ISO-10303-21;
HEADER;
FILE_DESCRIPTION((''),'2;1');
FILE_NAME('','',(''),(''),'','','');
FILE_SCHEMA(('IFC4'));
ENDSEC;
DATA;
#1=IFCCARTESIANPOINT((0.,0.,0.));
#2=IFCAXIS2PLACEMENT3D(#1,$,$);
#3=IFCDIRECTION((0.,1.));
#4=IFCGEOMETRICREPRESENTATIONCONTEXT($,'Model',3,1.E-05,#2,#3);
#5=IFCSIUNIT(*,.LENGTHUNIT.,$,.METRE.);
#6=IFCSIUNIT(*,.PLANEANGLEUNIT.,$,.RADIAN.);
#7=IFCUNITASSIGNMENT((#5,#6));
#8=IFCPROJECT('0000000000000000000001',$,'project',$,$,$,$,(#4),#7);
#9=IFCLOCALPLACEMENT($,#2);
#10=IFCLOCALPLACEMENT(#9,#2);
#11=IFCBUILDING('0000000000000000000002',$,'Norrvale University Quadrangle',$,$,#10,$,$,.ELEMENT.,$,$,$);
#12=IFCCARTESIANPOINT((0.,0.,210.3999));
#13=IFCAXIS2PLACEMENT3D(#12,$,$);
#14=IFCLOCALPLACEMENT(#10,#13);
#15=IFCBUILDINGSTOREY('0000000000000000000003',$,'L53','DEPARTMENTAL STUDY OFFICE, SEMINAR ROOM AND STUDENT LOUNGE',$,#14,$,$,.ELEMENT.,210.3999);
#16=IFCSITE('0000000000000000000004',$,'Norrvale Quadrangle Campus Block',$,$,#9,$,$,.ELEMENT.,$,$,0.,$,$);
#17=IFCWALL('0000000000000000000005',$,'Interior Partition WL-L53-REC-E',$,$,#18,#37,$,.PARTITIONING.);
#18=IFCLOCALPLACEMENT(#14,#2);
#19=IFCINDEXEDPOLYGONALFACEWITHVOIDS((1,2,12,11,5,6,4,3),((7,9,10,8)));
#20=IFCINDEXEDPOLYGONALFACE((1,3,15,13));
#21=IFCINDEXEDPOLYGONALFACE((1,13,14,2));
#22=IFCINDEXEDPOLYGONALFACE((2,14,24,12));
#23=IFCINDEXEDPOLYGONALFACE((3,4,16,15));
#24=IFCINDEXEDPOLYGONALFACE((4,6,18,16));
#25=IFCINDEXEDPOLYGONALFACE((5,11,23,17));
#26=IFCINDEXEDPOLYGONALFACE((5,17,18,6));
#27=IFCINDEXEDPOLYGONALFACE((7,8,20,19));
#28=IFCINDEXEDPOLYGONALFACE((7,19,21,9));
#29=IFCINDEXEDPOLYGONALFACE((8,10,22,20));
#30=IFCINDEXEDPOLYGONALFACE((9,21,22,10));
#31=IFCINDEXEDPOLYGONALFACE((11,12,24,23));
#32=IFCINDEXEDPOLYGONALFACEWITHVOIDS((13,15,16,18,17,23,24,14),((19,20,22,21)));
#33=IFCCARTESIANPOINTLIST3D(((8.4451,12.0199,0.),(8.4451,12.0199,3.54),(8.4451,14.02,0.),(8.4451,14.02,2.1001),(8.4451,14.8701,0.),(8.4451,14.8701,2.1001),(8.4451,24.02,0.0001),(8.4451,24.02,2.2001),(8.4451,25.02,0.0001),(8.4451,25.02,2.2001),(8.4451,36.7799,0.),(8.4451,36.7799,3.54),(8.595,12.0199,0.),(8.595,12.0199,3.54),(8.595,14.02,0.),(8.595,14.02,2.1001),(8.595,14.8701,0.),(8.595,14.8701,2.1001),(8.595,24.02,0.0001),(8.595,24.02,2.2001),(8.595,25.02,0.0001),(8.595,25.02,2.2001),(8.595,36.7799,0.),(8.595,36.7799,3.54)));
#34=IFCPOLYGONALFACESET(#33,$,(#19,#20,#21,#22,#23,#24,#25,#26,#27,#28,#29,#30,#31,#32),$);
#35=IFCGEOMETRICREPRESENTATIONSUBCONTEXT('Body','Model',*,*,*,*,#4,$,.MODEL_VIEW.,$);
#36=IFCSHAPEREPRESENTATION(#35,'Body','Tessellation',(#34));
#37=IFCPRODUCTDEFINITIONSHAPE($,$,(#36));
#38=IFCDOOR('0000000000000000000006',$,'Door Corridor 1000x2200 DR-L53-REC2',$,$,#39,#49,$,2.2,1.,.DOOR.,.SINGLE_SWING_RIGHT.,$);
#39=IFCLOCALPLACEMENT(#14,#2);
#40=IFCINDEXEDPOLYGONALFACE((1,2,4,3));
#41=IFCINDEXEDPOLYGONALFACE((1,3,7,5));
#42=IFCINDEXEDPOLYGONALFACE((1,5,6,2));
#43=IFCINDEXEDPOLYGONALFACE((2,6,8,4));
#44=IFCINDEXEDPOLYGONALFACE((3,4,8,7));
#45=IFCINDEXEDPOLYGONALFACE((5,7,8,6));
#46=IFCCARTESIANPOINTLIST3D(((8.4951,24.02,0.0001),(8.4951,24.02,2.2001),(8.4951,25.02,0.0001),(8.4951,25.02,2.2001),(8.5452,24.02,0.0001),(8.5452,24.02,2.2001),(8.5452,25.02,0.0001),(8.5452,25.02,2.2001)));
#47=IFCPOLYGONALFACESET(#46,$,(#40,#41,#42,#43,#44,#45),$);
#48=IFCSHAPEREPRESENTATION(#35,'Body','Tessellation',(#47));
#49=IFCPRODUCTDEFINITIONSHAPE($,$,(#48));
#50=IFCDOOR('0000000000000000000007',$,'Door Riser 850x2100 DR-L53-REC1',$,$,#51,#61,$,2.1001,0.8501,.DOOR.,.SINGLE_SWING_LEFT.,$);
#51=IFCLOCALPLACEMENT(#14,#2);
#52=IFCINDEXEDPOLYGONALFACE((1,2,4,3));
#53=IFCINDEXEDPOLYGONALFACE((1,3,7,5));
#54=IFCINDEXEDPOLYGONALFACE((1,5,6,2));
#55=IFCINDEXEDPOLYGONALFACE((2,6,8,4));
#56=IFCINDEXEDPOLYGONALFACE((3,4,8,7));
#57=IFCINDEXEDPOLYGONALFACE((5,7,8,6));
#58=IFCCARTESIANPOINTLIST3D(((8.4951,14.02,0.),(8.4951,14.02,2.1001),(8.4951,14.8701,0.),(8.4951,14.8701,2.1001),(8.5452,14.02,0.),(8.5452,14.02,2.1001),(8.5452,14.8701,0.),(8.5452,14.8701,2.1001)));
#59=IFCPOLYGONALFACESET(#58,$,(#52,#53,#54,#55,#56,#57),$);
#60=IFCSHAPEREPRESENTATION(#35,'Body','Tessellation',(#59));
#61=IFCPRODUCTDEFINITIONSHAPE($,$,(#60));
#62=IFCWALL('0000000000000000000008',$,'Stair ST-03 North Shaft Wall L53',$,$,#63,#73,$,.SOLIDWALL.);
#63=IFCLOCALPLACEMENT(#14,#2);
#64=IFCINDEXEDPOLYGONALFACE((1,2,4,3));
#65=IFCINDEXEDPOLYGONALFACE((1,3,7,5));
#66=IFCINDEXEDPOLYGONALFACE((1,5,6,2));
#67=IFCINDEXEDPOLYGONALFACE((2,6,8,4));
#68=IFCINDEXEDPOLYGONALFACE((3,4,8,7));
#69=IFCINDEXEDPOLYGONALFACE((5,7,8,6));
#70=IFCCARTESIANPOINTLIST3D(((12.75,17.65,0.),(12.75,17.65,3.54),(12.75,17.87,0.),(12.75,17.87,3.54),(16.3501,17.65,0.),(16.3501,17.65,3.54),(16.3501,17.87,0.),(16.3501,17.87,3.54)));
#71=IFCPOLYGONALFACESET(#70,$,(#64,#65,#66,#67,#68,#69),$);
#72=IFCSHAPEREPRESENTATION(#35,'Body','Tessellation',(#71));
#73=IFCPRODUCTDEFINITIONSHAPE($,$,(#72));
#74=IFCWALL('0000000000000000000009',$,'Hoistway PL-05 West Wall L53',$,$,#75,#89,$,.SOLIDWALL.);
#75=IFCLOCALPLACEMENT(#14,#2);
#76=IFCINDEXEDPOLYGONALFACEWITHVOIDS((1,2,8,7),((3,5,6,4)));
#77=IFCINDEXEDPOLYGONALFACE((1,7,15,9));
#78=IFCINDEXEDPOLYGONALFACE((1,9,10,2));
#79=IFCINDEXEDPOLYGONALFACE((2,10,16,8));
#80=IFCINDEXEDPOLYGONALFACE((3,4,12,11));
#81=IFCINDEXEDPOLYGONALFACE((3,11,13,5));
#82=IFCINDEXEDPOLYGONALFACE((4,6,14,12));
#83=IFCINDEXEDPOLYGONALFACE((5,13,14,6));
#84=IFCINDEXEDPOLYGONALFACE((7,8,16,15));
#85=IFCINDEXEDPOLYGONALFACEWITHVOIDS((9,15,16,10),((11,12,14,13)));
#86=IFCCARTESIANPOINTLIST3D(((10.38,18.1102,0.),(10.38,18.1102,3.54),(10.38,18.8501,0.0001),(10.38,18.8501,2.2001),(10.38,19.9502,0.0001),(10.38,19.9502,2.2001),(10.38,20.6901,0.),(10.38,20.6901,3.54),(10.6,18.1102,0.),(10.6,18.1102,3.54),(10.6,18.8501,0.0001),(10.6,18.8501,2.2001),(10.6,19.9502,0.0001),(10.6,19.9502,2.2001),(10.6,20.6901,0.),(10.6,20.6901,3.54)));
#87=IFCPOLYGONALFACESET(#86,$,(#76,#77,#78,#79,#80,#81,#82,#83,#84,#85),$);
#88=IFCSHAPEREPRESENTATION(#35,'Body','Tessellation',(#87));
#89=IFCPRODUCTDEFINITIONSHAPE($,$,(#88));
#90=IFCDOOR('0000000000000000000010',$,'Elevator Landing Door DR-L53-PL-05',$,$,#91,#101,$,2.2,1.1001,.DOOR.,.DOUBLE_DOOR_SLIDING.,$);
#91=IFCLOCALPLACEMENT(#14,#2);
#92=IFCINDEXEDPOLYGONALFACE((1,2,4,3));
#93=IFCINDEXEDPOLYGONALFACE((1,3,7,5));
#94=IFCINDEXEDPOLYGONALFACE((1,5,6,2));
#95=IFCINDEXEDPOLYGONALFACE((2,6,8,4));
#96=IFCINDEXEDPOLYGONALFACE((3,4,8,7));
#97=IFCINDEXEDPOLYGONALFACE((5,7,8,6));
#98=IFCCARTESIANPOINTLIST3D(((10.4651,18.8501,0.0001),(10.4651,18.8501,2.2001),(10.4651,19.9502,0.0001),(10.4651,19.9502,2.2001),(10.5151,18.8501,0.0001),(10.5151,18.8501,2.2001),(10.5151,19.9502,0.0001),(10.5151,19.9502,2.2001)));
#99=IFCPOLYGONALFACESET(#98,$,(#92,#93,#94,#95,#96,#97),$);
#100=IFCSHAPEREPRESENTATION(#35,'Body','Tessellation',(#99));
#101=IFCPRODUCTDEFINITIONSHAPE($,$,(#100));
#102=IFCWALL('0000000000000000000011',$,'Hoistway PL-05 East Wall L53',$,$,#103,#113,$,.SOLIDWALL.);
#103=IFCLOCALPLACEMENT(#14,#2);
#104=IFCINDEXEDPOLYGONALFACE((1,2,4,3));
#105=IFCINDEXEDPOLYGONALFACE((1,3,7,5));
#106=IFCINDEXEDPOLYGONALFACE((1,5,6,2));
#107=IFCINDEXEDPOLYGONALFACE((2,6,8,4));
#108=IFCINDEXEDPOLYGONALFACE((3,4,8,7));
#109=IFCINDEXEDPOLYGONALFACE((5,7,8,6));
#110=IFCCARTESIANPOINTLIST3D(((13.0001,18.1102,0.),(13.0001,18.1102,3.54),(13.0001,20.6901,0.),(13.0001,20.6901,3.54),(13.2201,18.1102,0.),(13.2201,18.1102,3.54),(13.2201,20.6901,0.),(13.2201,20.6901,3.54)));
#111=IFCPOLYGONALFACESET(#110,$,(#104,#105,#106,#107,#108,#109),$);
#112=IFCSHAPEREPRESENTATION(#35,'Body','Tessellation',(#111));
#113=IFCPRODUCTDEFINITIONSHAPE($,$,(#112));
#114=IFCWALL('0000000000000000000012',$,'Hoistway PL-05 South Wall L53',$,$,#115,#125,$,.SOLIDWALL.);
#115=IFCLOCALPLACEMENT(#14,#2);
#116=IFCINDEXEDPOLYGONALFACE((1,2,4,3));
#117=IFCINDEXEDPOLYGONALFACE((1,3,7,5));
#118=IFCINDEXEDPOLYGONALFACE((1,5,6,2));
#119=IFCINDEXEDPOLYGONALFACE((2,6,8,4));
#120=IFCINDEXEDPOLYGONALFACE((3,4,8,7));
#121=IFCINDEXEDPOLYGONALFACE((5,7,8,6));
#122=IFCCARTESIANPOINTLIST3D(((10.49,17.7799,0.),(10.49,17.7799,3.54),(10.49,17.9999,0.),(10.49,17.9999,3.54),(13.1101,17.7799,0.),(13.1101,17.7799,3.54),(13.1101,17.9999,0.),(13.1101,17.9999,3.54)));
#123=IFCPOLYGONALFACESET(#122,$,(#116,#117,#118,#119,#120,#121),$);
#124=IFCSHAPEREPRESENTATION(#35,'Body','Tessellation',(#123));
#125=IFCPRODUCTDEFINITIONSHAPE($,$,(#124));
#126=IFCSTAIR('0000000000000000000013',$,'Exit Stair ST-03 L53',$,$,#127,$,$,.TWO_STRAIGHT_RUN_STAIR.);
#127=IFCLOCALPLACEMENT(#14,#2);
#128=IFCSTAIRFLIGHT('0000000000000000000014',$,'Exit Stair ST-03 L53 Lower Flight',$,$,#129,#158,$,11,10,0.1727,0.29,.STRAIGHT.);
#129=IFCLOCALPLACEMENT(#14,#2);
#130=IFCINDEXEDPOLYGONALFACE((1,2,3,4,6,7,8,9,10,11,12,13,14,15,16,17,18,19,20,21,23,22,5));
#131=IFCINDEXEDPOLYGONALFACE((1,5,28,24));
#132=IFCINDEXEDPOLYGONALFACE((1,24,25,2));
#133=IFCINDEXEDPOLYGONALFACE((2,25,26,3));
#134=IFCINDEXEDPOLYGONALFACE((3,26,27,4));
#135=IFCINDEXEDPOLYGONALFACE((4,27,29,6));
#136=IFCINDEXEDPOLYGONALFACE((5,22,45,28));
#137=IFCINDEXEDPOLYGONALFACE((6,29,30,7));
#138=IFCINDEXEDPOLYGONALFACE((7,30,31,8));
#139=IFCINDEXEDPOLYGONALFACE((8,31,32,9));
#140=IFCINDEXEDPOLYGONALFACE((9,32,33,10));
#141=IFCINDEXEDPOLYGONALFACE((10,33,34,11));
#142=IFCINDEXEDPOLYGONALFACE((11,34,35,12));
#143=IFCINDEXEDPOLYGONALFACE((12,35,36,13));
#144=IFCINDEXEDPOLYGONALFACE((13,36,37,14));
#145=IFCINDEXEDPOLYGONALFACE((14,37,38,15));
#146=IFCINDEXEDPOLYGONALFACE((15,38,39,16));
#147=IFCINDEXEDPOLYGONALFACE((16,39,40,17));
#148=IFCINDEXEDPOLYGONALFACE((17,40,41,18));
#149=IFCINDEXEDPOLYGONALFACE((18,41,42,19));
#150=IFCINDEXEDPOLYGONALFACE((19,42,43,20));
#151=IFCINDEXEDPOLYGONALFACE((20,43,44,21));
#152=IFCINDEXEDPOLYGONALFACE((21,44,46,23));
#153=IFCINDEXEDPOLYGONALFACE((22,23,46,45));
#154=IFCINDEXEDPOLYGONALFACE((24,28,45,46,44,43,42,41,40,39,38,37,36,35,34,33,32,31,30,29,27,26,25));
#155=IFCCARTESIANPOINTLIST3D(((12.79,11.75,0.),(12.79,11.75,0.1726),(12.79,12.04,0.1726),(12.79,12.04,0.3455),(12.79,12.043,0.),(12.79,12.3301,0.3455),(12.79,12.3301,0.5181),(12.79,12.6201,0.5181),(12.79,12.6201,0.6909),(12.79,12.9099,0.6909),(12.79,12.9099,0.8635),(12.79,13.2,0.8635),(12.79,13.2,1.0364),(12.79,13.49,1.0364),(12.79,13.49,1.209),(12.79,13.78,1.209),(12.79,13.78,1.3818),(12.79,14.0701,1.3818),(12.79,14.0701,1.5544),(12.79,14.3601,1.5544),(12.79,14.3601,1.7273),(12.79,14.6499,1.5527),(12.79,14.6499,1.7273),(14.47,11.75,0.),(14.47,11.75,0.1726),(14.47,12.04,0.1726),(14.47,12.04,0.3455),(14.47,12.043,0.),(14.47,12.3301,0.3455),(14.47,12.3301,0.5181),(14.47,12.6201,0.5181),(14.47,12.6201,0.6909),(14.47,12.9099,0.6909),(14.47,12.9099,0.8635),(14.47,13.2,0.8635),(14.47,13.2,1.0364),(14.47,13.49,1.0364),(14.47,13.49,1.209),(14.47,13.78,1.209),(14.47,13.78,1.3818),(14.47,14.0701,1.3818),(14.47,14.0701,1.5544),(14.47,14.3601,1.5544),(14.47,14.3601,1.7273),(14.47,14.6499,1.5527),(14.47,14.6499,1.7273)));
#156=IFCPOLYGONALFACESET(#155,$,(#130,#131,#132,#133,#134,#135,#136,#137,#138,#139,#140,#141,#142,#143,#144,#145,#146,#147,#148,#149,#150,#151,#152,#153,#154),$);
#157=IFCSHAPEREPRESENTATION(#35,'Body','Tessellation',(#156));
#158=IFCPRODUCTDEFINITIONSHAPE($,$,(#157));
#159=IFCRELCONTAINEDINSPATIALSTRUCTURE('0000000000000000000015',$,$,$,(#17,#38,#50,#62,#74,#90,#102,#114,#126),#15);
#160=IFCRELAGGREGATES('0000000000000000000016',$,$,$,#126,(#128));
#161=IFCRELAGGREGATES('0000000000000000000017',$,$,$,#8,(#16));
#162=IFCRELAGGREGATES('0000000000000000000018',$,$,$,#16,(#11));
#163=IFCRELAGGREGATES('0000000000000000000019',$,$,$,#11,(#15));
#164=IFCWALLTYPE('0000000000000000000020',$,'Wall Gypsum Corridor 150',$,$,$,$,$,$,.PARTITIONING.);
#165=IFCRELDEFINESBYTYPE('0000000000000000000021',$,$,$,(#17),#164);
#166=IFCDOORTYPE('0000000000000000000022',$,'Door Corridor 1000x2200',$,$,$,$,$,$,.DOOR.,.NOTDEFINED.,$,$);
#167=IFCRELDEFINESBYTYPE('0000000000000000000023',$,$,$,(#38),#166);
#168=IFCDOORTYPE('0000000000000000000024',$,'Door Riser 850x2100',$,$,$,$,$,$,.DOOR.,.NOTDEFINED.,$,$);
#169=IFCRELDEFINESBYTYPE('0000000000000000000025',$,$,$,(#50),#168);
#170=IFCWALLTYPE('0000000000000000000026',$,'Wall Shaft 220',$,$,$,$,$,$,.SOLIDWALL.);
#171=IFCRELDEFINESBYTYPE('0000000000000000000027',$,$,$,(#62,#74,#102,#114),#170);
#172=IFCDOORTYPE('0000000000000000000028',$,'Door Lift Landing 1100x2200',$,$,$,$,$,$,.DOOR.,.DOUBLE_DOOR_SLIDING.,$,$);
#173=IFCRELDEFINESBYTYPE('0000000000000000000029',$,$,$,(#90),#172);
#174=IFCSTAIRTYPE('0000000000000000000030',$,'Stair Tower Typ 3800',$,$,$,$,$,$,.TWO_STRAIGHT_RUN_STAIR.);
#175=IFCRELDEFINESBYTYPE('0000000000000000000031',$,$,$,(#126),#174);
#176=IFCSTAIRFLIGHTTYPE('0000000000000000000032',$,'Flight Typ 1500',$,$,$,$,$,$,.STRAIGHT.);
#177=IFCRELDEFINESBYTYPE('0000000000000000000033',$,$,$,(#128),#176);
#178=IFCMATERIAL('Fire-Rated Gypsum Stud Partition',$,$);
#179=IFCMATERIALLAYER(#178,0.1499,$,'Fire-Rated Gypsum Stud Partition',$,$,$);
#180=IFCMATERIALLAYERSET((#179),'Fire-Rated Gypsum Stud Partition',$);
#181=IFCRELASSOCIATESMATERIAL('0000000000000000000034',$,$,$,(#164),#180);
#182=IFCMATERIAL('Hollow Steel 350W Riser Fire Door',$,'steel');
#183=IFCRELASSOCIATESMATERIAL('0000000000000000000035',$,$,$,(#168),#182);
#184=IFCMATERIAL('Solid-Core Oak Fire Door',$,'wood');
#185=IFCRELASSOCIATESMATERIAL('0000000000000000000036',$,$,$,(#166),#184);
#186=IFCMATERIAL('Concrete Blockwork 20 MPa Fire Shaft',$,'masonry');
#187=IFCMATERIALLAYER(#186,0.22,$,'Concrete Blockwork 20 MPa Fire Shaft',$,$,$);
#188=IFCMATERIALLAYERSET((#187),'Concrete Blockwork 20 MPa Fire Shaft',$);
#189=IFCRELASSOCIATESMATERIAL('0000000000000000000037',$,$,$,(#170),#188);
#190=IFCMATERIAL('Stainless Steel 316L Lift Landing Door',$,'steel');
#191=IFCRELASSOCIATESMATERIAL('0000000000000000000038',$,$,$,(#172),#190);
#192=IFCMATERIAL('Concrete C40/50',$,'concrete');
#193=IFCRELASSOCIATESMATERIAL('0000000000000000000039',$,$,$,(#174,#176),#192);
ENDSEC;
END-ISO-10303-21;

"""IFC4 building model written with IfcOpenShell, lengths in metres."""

from ifc_helpers import new_model, si_unit, direction, frame, frame_2d, origin, place, context, subcontext, project, spatial, polyline, rectangle, outline, extrude, material, layer, layer_set, type_object, element, fill, aggregate, save


model = new_model("IFC4")

# Units and contexts
model_context = context("Model", 3, precision=1e-05, world=origin(), true_north=direction((0.0, 1.0)))
body_context = subcontext(model_context, "Body", "Model", "MODEL_VIEW")
ifc_project = project(units=[si_unit("LENGTHUNIT", "METRE"), si_unit("PLANEANGLEUNIT", "RADIAN")], contexts=[model_context])

# Site, building, storey
site_placement = place(None, origin())
site = spatial("IfcSite", under=ifc_project, at=site_placement, Name="Norrvale Quadrangle Campus Block", CompositionType="ELEMENT", RefElevation=0.0)
building_placement = place(site_placement, origin())
building = spatial("IfcBuilding", under=site, at=building_placement, Name="Norrvale University Quadrangle", CompositionType="ELEMENT")
storey_placement = place(building_placement, frame((0.0, 0.0, 210.3999)))
storey = spatial("IfcBuildingStorey", under=building, at=storey_placement, Name="L53", Description="DEPARTMENTAL STUDY OFFICE, SEMINAR ROOM AND STUDENT LOUNGE", CompositionType="ELEMENT", Elevation=210.3999)

# Shared definitions
ifc_material_1 = material(Name="Fire-Rated Gypsum Stud Partition")
ifc_layer_1 = layer(ifc_material_1, 0.1499, Name="Fire-Rated Gypsum Stud Partition")
ifc_layer_set_1 = layer_set([ifc_layer_1], Name="Fire-Rated Gypsum Stud Partition")
wall_type_1 = type_object("IfcWallType", Name="Wall Gypsum Corridor 150", PredefinedType="PARTITIONING", material=ifc_layer_set_1)
ifc_material_2 = material(Name="Hollow Steel 350W Riser Fire Door", Category="steel")
door_type_1 = type_object("IfcDoorType", Name="Door Riser 850x2100", OperationType="NOTDEFINED", PredefinedType="DOOR", material=ifc_material_2)

# Wall, openings, doors
wall_1_placement = place(storey_placement, frame((8.52, 12.02, 0.0), z_axis=(0.0, 0.0, 1.0), x_axis=(0.0, 1.0, 0.0)))
wall_1 = element("IfcWall", 1, at=wall_1_placement, inside=storey, type_object=wall_type_1, Name="Interior Partition WL-L53-REC-E", PredefinedType="PARTITIONING", context=body_context, shape_type="SweptSolid", body=[
    extrude(rectangle(XDim=24.76, YDim=0.1499, at=frame_2d((12.3799, 0.0))), origin(), (0.0, 0.0, 1.0), 3.54),
])
opening_1_placement = place(wall_1_placement, frame((2.0, 0.0, 0.0)))
opening_1 = element("IfcOpeningElement", 2, at=opening_1_placement, cuts=wall_1, PredefinedType="OPENING", context=body_context, shape_type="SweptSolid", body=[
    extrude(rectangle(XDim=0.8501, YDim=2.1001, at=frame_2d((0.425, 1.05))), frame((0.0, 0.0869, 0.0), z_axis=(0.0, -1.0, 0.0), x_axis=(1.0, 0.0, 0.0)), (0.0, 0.0, 1.0), 0.1738),
])
opening_2_placement = place(wall_1_placement, frame((12.0, 0.0, 0.0)))
opening_2 = element("IfcOpeningElement", 3, at=opening_2_placement, cuts=wall_1, PredefinedType="OPENING", context=body_context, shape_type="SweptSolid", body=[
    extrude(rectangle(XDim=1.0, YDim=2.2, at=frame_2d((0.5, 1.1001))), frame((0.0, 0.0869, 0.0), z_axis=(0.0, -1.0, 0.0), x_axis=(1.0, 0.0, 0.0)), (0.0, 0.0, 1.0), 0.1738),
])
ifc_material_3 = material(Name="Solid-Core Oak Fire Door", Category="wood")
door_type_2 = type_object("IfcDoorType", Name="Door Corridor 1000x2200", OperationType="NOTDEFINED", PredefinedType="DOOR", material=ifc_material_3)
door_1_placement = place(opening_2_placement, origin())
door_1 = element("IfcDoor", 4, at=door_1_placement, inside=storey, type_object=door_type_2, Name="Door Corridor 1000x2200 DR-L53-REC2", OperationType="SINGLE_SWING_RIGHT", OverallHeight=2.2, OverallWidth=1.0, PredefinedType="DOOR", context=body_context, shape_type="SweptSolid", body=[
    extrude(rectangle(XDim=1.0, YDim=2.2, at=frame_2d((0.5, 1.1001))), frame((0.0, 0.0249, 0.0), z_axis=(0.0, -1.0, 0.0), x_axis=(1.0, 0.0, 0.0)), (0.0, 0.0, 1.0), 0.05),
])
fill(opening_2, door_1)
door_2_placement = place(opening_1_placement, origin())
door_2 = element("IfcDoor", 5, at=door_2_placement, inside=storey, type_object=door_type_1, Name="Door Riser 850x2100 DR-L53-REC1", OperationType="SINGLE_SWING_LEFT", OverallHeight=2.1001, OverallWidth=0.8501, PredefinedType="DOOR", context=body_context, shape_type="SweptSolid", body=[
    extrude(rectangle(XDim=0.8501, YDim=2.1001, at=frame_2d((0.425, 1.05))), frame((0.0, 0.0249, 0.0), z_axis=(0.0, -1.0, 0.0), x_axis=(1.0, 0.0, 0.0)), (0.0, 0.0, 1.0), 0.05),
])
fill(opening_1, door_2)

# Wall
ifc_material_4 = material(Name="Concrete Blockwork 20 MPa Fire Shaft", Category="masonry")
ifc_layer_2 = layer(ifc_material_4, 0.22, Name="Concrete Blockwork 20 MPa Fire Shaft")
ifc_layer_set_2 = layer_set([ifc_layer_2], Name="Concrete Blockwork 20 MPa Fire Shaft")
wall_type_2 = type_object("IfcWallType", Name="Wall Shaft 220", PredefinedType="SOLIDWALL", material=ifc_layer_set_2)
wall_2_placement = place(storey_placement, frame((12.75, 17.76, 0.0), z_axis=(0.0, 0.0, 1.0), x_axis=(1.0, 0.0, 0.0)))
element("IfcWall", 6, at=wall_2_placement, inside=storey, type_object=wall_type_2, Name="Stair ST-03 North Shaft Wall L53", PredefinedType="SOLIDWALL", context=body_context, shape_type="SweptSolid", body=[
    extrude(rectangle(XDim=3.6001, YDim=0.22, at=frame_2d((1.8, 0.0))), origin(), (0.0, 0.0, 1.0), 3.54),
])

# Wall, opening, door
wall_3_placement = place(storey_placement, frame((10.49, 18.1101, 0.0), z_axis=(0.0, 0.0, 1.0), x_axis=(0.0, 1.0, 0.0)))
wall_3 = element("IfcWall", 7, at=wall_3_placement, inside=storey, type_object=wall_type_2, Name="Hoistway PL-05 West Wall L53", PredefinedType="SOLIDWALL", context=body_context, shape_type="SweptSolid", body=[
    extrude(rectangle(XDim=2.5798, YDim=0.22, at=frame_2d((1.29, 0.0))), origin(), (0.0, 0.0, 1.0), 3.54),
])
opening_3_placement = place(wall_3_placement, frame((0.74, 0.0, 0.0)))
opening_3 = element("IfcOpeningElement", 8, at=opening_3_placement, cuts=wall_3, PredefinedType="OPENING", context=body_context, shape_type="SweptSolid", body=[
    extrude(rectangle(XDim=1.1001, YDim=2.2, at=frame_2d((0.55, 1.1001))), frame((0.0, 0.1221, 0.0), z_axis=(0.0, -1.0, 0.0), x_axis=(1.0, 0.0, 0.0)), (0.0, 0.0, 1.0), 0.2439),
])
ifc_material_5 = material(Name="Stainless Steel 316L Lift Landing Door", Category="steel")
door_type_3 = type_object("IfcDoorType", Name="Door Lift Landing 1100x2200", OperationType="DOUBLE_DOOR_SLIDING", PredefinedType="DOOR", material=ifc_material_5)
door_3_placement = place(opening_3_placement, origin())
door_3 = element("IfcDoor", 9, at=door_3_placement, inside=storey, type_object=door_type_3, Name="Elevator Landing Door DR-L53-PL-05", OperationType="DOUBLE_DOOR_SLIDING", OverallHeight=2.2, OverallWidth=1.1001, PredefinedType="DOOR", context=body_context, shape_type="SweptSolid", body=[
    extrude(rectangle(XDim=1.1001, YDim=2.2, at=frame_2d((0.55, 1.1001))), frame((0.0, 0.0249, 0.0), z_axis=(0.0, -1.0, 0.0), x_axis=(1.0, 0.0, 0.0)), (0.0, 0.0, 1.0), 0.05),
])
fill(opening_3, door_3)

# Walls
wall_4_placement = place(storey_placement, frame((13.1101, 18.1101, 0.0), z_axis=(0.0, 0.0, 1.0), x_axis=(0.0, 1.0, 0.0)))
element("IfcWall", 10, at=wall_4_placement, inside=storey, type_object=wall_type_2, Name="Hoistway PL-05 East Wall L53", PredefinedType="SOLIDWALL", context=body_context, shape_type="SweptSolid", body=[
    extrude(rectangle(XDim=2.5798, YDim=0.22, at=frame_2d((1.29, 0.0))), origin(), (0.0, 0.0, 1.0), 3.54),
])
wall_5_placement = place(storey_placement, frame((10.49, 17.8899, 0.0), z_axis=(0.0, 0.0, 1.0), x_axis=(1.0, 0.0, 0.0)))
element("IfcWall", 11, at=wall_5_placement, inside=storey, type_object=wall_type_2, Name="Hoistway PL-05 South Wall L53", PredefinedType="SOLIDWALL", context=body_context, shape_type="SweptSolid", body=[
    extrude(rectangle(XDim=2.6201, YDim=0.22, at=frame_2d((1.3101, 0.0))), origin(), (0.0, 0.0, 1.0), 3.54),
])

# Stair, stair flight
ifc_material_6 = material(Name="Concrete C40/50", Category="concrete")
stair_type = type_object("IfcStairType", Name="Stair Tower Typ 3800", PredefinedType="TWO_STRAIGHT_RUN_STAIR", material=ifc_material_6)
stair_placement = place(storey_placement, origin())
stair = element("IfcStair", 12, at=stair_placement, inside=storey, type_object=stair_type, Name="Exit Stair ST-03 L53", PredefinedType="TWO_STRAIGHT_RUN_STAIR")
stair_flight_type = type_object("IfcStairFlightType", Name="Flight Typ 1500", PredefinedType="STRAIGHT", material=ifc_material_6)
stair_flight_1_placement = place(storey_placement, frame((13.6299, 11.75, 0.0), z_axis=(0.0, 0.0, 1.0), x_axis=(0.0, 1.0, 0.0)))
stair_flight_1 = element("IfcStairFlight", 13, at=stair_flight_1_placement, type_object=stair_flight_type, Name="Exit Stair ST-03 L53 Lower Flight", NumberOfRisers=11, NumberOfTreads=10, PredefinedType="STRAIGHT", RiserHeight=0.1727, TreadLength=0.29, context=body_context, shape_type="SweptSolid", body=[
    extrude(outline(polyline([(0.0, 0.0), (0.0, 0.1726), (0.29, 0.1726), (0.29, 0.3455), (0.5801, 0.3455), (0.5801, 0.5181), (0.8701, 0.5181), (0.8701, 0.6909), (1.1599, 0.6909), (1.1599, 0.8635), (1.45, 0.8635), (1.45, 1.0364), (1.74, 1.0364), (1.74, 1.209), (2.03, 1.209), (2.03, 1.3818), (2.3201, 1.3818), (2.3201, 1.5544), (2.6101, 1.5544), (2.6101, 1.7273), (2.8999, 1.7273), (2.8999, 1.8999), (2.8999, 1.5527), (0.293, 0.0), (0.0, 0.0)])), frame((0.0, 0.8398, 0.0), z_axis=(0.0, -1.0, 0.0), x_axis=(1.0, 0.0, 0.0)), (0.0, 0.0, 1.0), 1.6799),
])
aggregate(stair, [stair_flight_1])

save(model, "model.ifc")
